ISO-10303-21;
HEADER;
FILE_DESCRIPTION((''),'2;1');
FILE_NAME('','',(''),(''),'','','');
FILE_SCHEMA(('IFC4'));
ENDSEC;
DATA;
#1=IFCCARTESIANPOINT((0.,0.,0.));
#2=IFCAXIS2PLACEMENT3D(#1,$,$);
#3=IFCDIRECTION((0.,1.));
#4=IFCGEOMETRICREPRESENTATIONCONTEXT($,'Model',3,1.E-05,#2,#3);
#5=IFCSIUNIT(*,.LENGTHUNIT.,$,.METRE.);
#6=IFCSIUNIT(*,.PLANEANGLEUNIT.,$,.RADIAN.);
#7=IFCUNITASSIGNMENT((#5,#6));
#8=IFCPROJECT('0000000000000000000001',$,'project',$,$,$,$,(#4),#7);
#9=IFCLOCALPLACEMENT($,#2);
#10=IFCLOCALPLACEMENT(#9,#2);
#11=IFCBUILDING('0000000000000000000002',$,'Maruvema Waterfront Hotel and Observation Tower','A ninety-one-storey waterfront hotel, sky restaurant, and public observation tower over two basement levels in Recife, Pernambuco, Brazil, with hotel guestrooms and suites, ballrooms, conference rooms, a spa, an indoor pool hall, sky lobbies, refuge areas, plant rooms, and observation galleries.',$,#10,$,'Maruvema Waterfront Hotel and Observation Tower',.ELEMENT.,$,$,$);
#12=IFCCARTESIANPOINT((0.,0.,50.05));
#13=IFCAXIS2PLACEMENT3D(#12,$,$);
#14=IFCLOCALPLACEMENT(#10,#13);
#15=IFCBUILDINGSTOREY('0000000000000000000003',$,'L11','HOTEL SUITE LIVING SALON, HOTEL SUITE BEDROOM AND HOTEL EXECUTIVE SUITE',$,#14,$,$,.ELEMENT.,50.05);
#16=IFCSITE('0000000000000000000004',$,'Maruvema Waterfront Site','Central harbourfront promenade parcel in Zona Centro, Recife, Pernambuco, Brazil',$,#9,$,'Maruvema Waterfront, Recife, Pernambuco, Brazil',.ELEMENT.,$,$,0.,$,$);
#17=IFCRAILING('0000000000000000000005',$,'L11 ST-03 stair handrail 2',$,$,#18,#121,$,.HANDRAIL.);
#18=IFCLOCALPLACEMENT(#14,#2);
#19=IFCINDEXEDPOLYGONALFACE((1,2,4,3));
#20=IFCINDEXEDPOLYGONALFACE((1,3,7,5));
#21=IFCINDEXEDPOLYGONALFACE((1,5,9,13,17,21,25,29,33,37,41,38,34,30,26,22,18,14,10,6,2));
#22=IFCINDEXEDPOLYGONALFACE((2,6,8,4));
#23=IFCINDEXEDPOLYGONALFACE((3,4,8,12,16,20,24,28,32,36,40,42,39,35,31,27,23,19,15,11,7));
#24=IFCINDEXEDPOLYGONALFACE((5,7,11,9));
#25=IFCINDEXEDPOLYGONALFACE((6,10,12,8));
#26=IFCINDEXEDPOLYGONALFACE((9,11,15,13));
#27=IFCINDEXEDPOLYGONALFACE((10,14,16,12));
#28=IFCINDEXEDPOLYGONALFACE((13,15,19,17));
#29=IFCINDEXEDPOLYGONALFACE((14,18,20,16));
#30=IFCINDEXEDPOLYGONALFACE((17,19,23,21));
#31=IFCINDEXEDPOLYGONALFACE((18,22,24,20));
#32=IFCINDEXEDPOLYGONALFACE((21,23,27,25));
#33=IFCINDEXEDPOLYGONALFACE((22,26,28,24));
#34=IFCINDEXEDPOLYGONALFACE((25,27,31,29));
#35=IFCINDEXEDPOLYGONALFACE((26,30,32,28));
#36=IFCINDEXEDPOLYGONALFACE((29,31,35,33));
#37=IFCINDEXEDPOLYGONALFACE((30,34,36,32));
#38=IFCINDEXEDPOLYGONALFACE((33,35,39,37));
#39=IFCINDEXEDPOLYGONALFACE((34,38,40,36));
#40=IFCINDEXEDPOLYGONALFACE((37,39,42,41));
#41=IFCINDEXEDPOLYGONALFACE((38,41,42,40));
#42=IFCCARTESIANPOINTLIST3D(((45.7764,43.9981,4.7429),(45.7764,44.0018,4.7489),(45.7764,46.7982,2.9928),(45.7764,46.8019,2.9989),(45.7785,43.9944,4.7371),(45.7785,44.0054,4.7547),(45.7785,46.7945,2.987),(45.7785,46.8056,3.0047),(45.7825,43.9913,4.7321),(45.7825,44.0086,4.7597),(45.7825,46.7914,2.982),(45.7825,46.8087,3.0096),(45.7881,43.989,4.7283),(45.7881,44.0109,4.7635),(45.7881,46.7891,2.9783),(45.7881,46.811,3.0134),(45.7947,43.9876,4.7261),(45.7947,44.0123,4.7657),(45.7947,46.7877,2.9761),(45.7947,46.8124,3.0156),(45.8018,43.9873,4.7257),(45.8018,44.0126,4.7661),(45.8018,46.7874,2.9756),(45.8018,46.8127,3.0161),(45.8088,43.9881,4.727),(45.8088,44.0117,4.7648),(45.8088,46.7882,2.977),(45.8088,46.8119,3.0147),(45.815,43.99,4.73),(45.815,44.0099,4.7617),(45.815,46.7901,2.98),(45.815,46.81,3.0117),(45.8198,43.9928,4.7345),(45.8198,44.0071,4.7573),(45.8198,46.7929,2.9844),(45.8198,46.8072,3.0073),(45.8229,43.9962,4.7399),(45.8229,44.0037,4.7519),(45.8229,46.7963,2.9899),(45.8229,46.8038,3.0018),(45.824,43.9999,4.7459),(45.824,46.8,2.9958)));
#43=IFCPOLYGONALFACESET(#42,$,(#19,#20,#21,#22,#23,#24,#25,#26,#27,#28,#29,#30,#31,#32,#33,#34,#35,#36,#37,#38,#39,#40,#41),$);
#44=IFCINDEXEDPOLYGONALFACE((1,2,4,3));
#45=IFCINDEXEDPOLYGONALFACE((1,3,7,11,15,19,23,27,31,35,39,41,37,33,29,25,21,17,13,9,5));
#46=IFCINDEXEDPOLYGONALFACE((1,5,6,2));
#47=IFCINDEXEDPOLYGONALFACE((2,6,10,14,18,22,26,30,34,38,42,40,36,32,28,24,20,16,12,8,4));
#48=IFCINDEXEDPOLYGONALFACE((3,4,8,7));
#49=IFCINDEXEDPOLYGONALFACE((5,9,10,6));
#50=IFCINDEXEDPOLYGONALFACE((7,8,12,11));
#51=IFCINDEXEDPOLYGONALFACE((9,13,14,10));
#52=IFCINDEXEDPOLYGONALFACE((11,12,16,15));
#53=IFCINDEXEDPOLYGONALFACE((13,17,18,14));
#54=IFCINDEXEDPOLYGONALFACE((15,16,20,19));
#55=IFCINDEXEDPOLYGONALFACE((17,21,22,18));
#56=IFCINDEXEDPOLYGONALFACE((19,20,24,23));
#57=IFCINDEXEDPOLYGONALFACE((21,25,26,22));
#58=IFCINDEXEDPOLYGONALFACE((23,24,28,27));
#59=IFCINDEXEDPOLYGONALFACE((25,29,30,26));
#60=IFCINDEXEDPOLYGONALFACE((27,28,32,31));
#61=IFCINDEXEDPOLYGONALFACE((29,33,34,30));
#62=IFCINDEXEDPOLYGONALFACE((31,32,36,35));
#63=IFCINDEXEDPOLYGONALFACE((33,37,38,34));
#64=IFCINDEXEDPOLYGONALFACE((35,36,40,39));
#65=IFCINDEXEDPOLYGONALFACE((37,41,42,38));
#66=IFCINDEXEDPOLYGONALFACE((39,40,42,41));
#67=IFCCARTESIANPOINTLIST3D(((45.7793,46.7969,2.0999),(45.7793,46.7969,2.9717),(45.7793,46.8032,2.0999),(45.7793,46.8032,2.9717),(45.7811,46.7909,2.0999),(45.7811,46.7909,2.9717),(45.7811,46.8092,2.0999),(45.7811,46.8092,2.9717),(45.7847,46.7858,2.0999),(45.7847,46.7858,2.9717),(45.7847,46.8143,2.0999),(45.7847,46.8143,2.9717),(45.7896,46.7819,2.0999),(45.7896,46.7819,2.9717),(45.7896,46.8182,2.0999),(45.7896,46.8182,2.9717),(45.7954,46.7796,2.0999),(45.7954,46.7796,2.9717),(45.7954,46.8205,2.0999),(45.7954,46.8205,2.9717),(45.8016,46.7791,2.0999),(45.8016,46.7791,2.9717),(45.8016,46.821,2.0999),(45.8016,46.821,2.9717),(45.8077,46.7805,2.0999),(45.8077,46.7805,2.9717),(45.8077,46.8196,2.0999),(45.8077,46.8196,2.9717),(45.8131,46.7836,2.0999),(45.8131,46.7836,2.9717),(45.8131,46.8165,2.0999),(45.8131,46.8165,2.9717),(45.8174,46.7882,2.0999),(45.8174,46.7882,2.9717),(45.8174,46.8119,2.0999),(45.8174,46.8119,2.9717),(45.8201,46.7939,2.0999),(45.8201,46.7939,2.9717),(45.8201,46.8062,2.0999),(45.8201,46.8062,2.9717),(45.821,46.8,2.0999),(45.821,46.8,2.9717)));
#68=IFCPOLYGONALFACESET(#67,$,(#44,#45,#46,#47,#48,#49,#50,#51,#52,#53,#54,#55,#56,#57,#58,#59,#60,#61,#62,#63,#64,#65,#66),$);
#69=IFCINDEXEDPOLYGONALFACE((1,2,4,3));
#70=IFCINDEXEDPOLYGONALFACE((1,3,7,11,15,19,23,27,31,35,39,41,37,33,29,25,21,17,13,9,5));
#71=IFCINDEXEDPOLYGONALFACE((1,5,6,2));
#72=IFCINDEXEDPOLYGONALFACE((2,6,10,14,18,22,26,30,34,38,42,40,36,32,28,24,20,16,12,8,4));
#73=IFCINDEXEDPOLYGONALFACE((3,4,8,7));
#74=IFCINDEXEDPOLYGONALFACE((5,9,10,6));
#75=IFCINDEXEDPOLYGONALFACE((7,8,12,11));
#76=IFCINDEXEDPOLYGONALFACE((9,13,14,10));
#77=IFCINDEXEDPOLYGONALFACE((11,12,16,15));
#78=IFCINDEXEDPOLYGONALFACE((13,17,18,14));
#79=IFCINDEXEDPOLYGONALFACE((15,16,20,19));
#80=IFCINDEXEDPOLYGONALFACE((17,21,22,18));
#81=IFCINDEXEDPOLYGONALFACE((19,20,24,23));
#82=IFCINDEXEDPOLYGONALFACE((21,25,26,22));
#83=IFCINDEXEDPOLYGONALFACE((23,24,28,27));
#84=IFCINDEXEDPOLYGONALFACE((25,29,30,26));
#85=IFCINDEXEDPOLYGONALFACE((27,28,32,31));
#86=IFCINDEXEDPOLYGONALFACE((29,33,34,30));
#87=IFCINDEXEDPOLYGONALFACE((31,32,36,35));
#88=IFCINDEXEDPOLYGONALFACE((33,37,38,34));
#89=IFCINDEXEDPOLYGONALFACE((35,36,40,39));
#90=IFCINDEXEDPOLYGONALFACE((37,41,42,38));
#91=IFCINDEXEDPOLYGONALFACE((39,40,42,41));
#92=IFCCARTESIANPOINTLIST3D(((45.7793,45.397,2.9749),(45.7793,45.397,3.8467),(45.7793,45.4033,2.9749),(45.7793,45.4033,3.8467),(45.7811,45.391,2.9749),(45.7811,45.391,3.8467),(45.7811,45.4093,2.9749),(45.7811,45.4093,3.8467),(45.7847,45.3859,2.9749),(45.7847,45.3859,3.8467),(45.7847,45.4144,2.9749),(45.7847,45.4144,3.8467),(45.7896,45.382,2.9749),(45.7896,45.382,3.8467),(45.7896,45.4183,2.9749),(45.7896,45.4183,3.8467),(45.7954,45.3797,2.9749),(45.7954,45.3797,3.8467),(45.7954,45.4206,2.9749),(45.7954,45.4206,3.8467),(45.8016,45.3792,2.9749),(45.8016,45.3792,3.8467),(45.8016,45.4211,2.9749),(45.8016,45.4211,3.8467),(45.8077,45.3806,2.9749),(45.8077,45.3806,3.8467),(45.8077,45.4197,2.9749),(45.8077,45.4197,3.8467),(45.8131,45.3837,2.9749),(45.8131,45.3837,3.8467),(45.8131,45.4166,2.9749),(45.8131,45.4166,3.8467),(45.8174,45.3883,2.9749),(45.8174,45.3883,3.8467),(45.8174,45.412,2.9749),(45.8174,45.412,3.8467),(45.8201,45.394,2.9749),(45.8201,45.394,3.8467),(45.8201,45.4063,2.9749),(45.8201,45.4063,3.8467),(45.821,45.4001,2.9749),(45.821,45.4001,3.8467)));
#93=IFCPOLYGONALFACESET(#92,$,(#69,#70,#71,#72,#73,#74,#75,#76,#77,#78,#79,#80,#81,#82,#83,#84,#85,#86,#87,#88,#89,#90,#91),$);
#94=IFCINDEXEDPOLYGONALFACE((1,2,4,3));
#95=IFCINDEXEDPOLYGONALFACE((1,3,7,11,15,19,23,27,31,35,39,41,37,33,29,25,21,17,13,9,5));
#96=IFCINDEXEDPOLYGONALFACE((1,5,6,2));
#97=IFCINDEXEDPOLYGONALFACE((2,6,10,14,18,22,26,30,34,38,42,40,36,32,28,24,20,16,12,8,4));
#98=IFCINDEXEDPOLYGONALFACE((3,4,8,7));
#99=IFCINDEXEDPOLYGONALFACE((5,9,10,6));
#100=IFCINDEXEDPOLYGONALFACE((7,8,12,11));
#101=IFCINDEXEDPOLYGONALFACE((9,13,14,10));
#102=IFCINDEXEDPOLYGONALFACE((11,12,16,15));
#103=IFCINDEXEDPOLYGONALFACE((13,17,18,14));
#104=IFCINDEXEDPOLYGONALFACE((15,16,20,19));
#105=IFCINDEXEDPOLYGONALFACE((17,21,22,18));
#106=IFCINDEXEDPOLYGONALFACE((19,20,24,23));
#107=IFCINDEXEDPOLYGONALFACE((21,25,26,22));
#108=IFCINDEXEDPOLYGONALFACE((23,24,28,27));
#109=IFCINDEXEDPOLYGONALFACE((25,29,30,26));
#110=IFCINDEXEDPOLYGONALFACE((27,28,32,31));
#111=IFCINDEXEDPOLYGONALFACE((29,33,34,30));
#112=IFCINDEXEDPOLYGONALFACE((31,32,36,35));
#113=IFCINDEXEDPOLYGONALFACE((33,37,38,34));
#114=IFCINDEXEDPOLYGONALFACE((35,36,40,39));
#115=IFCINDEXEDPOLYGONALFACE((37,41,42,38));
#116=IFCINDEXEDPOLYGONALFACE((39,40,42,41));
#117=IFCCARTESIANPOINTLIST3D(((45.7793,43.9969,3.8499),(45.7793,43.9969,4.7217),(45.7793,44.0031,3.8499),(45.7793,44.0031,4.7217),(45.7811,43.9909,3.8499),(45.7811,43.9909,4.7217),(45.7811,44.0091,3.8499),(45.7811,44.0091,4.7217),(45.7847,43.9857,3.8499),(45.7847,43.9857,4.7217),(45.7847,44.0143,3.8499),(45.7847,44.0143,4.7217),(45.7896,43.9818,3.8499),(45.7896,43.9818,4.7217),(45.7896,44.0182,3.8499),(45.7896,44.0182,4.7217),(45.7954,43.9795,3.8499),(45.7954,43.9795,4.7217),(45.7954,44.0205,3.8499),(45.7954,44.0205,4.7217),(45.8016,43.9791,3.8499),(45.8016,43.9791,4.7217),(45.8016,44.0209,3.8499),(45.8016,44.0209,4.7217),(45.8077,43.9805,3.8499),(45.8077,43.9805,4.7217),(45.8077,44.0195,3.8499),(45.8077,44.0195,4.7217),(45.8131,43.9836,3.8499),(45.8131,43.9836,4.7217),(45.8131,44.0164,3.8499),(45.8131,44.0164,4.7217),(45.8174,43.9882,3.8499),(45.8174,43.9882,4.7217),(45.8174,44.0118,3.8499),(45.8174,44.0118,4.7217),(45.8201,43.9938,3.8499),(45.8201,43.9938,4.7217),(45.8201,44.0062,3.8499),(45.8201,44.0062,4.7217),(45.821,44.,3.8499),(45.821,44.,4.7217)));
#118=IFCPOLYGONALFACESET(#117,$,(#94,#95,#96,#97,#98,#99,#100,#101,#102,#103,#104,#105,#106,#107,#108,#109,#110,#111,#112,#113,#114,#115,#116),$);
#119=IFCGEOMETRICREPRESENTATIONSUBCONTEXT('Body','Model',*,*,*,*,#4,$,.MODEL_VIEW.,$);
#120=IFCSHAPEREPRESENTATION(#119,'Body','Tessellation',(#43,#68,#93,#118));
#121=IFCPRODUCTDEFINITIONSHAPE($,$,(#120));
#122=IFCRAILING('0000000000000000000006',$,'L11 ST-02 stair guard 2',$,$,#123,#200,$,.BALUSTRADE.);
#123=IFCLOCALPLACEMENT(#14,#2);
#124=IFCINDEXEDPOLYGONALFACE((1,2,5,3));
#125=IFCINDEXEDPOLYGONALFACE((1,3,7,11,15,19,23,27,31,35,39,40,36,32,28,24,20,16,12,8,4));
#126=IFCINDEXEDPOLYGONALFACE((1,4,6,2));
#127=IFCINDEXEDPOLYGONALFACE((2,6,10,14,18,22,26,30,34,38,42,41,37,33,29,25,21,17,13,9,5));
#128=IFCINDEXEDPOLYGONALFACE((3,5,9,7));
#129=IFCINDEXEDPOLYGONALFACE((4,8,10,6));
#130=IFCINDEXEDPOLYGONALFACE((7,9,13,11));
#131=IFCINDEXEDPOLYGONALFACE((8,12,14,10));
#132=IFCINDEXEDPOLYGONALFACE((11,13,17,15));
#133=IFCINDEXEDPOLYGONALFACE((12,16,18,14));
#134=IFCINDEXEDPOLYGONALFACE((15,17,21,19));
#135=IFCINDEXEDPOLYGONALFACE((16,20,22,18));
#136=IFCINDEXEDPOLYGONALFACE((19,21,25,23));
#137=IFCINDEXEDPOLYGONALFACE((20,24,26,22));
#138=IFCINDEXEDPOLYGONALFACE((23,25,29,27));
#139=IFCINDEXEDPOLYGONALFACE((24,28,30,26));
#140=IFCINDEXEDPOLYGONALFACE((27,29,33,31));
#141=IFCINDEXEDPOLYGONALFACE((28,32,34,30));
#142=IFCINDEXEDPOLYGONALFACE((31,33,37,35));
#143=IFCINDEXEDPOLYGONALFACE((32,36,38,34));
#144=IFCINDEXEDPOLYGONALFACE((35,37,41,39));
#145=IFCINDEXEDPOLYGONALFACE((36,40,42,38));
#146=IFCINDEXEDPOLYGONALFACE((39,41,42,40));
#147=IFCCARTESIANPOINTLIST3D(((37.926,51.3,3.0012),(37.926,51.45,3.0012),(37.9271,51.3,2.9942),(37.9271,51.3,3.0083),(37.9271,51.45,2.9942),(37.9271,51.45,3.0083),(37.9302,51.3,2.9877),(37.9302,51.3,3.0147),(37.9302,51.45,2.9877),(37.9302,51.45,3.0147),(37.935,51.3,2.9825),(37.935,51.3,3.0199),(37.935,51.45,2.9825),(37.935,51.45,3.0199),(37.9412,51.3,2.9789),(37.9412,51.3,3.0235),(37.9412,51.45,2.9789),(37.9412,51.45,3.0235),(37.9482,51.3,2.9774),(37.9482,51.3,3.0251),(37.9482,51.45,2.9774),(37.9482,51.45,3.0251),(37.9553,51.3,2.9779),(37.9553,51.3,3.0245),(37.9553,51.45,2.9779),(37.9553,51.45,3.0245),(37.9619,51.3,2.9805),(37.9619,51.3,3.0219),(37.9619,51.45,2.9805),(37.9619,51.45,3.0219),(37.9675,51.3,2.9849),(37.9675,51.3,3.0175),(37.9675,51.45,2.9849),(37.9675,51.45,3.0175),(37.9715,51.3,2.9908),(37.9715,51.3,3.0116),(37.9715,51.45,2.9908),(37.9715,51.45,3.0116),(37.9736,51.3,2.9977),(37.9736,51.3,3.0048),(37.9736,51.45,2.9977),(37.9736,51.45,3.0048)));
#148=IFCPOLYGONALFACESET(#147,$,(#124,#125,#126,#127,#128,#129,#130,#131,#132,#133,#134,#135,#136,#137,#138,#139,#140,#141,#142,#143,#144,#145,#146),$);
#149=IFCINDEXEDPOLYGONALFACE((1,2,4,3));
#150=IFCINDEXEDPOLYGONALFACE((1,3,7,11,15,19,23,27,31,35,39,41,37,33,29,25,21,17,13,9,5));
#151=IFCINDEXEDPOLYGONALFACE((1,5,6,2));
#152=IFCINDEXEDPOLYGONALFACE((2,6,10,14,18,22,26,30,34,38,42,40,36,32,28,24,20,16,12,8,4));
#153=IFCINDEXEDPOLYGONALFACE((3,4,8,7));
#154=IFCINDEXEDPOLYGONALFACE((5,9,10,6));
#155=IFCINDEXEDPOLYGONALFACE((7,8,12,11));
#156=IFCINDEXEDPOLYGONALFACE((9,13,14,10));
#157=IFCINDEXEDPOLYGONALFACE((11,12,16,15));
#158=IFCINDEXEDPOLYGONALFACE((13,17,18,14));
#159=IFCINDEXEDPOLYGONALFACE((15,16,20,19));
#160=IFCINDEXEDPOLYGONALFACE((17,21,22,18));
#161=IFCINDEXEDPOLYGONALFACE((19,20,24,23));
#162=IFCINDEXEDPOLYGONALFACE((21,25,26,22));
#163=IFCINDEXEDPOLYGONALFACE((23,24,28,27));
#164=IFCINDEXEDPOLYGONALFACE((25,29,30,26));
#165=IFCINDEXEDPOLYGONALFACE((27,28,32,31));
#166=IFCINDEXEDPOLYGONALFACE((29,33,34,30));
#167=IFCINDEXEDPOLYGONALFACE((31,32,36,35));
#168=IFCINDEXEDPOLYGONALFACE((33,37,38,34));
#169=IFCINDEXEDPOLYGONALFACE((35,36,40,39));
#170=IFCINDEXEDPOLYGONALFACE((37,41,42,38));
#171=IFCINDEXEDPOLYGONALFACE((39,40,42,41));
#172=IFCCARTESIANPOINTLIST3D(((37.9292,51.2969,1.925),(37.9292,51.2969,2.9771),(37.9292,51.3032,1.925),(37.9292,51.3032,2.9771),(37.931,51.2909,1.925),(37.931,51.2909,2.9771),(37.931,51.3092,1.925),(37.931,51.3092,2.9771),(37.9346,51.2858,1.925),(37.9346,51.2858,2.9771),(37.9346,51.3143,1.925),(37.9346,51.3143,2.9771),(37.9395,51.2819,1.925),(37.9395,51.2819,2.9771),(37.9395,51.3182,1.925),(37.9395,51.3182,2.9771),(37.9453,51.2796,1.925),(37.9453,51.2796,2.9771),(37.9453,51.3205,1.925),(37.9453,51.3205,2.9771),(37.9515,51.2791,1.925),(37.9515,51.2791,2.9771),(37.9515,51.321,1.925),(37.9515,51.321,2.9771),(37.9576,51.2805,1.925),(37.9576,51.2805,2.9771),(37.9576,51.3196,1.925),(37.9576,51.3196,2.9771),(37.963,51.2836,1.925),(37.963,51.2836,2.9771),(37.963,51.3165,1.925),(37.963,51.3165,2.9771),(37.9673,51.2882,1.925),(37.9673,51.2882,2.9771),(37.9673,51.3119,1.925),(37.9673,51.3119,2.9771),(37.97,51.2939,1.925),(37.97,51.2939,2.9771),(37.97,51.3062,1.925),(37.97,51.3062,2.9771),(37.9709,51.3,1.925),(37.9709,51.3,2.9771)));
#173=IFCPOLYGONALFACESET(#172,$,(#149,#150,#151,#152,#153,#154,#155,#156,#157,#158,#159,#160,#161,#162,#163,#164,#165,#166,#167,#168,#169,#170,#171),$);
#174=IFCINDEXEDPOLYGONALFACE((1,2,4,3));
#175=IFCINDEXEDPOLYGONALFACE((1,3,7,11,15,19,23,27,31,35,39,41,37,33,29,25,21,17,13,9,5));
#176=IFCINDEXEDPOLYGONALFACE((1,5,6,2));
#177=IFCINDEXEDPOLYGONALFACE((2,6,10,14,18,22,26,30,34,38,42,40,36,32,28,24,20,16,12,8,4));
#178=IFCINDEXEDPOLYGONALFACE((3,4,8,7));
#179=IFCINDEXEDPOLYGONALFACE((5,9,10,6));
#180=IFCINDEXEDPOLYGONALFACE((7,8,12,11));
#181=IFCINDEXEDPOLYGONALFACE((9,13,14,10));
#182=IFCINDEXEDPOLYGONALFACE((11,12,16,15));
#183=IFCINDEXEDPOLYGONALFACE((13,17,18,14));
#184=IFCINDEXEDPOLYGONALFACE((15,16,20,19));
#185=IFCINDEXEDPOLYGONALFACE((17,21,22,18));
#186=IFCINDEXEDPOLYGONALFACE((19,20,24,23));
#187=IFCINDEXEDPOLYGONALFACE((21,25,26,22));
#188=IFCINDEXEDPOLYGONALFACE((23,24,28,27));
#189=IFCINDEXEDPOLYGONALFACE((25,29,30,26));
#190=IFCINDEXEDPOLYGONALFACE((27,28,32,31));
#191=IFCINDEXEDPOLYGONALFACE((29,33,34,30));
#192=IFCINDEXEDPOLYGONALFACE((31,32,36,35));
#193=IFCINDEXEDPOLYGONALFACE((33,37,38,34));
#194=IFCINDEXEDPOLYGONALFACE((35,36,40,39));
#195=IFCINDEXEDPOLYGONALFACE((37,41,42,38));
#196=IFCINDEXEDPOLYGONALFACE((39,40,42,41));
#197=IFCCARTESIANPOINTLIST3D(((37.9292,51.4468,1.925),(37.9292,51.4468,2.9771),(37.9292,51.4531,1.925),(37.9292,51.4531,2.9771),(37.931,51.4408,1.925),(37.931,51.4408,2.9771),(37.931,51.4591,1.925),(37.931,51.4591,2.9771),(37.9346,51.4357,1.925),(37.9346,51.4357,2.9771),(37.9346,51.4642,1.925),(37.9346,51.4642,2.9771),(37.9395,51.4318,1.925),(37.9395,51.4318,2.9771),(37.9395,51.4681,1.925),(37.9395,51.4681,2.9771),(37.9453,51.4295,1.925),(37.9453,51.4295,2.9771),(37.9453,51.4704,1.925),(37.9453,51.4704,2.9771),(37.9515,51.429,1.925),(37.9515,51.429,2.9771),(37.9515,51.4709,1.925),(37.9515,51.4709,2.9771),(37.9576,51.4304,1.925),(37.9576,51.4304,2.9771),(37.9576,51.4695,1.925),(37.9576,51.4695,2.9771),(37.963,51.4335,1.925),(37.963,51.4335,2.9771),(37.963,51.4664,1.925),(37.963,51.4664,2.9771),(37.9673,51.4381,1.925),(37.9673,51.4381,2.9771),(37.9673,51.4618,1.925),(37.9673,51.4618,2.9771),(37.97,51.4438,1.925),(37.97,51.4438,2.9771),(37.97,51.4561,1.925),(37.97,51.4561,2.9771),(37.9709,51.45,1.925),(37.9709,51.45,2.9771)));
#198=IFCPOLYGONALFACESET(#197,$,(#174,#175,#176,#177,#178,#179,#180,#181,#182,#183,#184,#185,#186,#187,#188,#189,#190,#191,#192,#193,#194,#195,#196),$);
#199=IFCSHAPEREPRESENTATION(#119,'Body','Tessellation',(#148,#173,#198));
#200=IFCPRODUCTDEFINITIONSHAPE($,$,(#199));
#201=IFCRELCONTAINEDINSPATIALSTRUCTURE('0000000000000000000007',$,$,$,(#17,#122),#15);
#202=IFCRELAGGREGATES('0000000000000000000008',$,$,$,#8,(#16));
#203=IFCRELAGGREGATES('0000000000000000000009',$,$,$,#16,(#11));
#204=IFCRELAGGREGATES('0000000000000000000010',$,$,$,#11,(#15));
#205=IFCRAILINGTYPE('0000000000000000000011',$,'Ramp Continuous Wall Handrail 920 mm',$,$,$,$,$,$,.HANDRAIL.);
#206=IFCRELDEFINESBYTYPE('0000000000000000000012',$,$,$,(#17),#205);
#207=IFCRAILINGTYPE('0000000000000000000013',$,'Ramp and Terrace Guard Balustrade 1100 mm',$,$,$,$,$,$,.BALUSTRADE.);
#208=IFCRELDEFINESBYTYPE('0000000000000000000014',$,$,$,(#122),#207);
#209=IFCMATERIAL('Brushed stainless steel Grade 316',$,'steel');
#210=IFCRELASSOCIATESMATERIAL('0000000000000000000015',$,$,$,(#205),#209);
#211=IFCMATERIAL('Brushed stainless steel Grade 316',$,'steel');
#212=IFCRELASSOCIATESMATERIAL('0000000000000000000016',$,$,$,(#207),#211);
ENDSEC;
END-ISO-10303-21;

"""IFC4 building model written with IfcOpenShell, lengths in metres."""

from ifc_helpers import new_model, si_unit, direction, frame, origin, origin_2d, place, context, subcontext, project, spatial, circle, extrude, material, type_object, element, save


model = new_model("IFC4")

# Units and contexts
model_context = context("Model", 3, precision=1e-05, world=origin(), true_north=direction((0.0, 1.0)))
body_context = subcontext(model_context, "Body", "Model", "MODEL_VIEW")
ifc_project = project(units=[si_unit("LENGTHUNIT", "METRE"), si_unit("PLANEANGLEUNIT", "RADIAN")], contexts=[model_context])

# Site, building, storey
site_placement = place(None, origin())
site = spatial("IfcSite", under=ifc_project, at=site_placement, Name="Maruvema Waterfront Site", Description="Central harbourfront promenade parcel in Zona Centro, Recife, Pernambuco, Brazil", LongName="Maruvema Waterfront, Recife, Pernambuco, Brazil", CompositionType="ELEMENT", RefElevation=0.0)
building_placement = place(site_placement, origin())
building = spatial("IfcBuilding", under=site, at=building_placement, Name="Maruvema Waterfront Hotel and Observation Tower", Description="A ninety-one-storey waterfront hotel, sky restaurant, and public observation tower over two basement levels in Recife, Pernambuco, Brazil, with hotel guestrooms and suites, ballrooms, conference rooms, a spa, an indoor pool hall, sky lobbies, refuge areas, plant rooms, and observation galleries.", LongName="Maruvema Waterfront Hotel and Observation Tower", CompositionType="ELEMENT")
storey_placement = place(building_placement, frame((0.0, 0.0, 50.05)))
storey = spatial("IfcBuildingStorey", under=building, at=storey_placement, Name="L11", Description="HOTEL SUITE LIVING SALON, HOTEL SUITE BEDROOM AND HOTEL EXECUTIVE SUITE", CompositionType="ELEMENT", Elevation=50.05)

# Railings
ifc_material_1 = material(Name="Brushed stainless steel Grade 316", Category="steel")
railing_type_1 = type_object("IfcRailingType", Name="Ramp Continuous Wall Handrail 920 mm", PredefinedType="HANDRAIL", material=ifc_material_1)
railing_1_placement = place(storey_placement, frame((45.8, 46.8, 2.0999)))
element("IfcRailing", 1, at=railing_1_placement, inside=storey, type_object=railing_type_1, Name="L11 ST-03 stair handrail 2", PredefinedType="HANDRAIL", context=body_context, shape_type="SweptSolid", body=[
    extrude(circle(Radius=0.0239, at=origin_2d()), frame((0.0, 0.0, 0.896), z_axis=(0.0, -0.848002, 0.529992), x_axis=(1.0, 0.0, 0.0)), (0.0, 0.0, 1.0), 3.302),
    extrude(circle(Radius=0.021, at=origin_2d()), origin(), (0.0, 0.0, 1.0), 0.8718),
    extrude(circle(Radius=0.021, at=origin_2d()), frame((0.0, -1.3999, 0.875)), (0.0, 0.0, 1.0), 0.8718),
    extrude(circle(Radius=0.021, at=origin_2d()), frame((0.0, -2.8, 1.75)), (0.0, 0.0, 1.0), 0.8718),
])
ifc_material_2 = material(Name="Brushed stainless steel Grade 316", Category="steel")
railing_type_2 = type_object("IfcRailingType", Name="Ramp and Terrace Guard Balustrade 1100 mm", PredefinedType="BALUSTRADE", material=ifc_material_2)
railing_2_placement = place(storey_placement, frame((37.95, 51.3, 1.925)))
element("IfcRailing", 2, at=railing_2_placement, inside=storey, type_object=railing_type_2, Name="L11 ST-02 stair guard 2", PredefinedType="BALUSTRADE", context=body_context, shape_type="SweptSolid", body=[
    extrude(circle(Radius=0.0239, at=origin_2d()), frame((0.0, 0.0, 1.0762), z_axis=(0.0, 1.0, 0.0), x_axis=(-1.0, 0.0, 0.0)), (0.0, 0.0, 1.0), 0.1499),
    extrude(circle(Radius=0.021, at=origin_2d()), origin(), (0.0, 0.0, 1.0), 1.052),
    extrude(circle(Radius=0.021, at=origin_2d()), frame((0.0, 0.1499, 0.0)), (0.0, 0.0, 1.0), 1.052),
])

save(model, "model.ifc")
